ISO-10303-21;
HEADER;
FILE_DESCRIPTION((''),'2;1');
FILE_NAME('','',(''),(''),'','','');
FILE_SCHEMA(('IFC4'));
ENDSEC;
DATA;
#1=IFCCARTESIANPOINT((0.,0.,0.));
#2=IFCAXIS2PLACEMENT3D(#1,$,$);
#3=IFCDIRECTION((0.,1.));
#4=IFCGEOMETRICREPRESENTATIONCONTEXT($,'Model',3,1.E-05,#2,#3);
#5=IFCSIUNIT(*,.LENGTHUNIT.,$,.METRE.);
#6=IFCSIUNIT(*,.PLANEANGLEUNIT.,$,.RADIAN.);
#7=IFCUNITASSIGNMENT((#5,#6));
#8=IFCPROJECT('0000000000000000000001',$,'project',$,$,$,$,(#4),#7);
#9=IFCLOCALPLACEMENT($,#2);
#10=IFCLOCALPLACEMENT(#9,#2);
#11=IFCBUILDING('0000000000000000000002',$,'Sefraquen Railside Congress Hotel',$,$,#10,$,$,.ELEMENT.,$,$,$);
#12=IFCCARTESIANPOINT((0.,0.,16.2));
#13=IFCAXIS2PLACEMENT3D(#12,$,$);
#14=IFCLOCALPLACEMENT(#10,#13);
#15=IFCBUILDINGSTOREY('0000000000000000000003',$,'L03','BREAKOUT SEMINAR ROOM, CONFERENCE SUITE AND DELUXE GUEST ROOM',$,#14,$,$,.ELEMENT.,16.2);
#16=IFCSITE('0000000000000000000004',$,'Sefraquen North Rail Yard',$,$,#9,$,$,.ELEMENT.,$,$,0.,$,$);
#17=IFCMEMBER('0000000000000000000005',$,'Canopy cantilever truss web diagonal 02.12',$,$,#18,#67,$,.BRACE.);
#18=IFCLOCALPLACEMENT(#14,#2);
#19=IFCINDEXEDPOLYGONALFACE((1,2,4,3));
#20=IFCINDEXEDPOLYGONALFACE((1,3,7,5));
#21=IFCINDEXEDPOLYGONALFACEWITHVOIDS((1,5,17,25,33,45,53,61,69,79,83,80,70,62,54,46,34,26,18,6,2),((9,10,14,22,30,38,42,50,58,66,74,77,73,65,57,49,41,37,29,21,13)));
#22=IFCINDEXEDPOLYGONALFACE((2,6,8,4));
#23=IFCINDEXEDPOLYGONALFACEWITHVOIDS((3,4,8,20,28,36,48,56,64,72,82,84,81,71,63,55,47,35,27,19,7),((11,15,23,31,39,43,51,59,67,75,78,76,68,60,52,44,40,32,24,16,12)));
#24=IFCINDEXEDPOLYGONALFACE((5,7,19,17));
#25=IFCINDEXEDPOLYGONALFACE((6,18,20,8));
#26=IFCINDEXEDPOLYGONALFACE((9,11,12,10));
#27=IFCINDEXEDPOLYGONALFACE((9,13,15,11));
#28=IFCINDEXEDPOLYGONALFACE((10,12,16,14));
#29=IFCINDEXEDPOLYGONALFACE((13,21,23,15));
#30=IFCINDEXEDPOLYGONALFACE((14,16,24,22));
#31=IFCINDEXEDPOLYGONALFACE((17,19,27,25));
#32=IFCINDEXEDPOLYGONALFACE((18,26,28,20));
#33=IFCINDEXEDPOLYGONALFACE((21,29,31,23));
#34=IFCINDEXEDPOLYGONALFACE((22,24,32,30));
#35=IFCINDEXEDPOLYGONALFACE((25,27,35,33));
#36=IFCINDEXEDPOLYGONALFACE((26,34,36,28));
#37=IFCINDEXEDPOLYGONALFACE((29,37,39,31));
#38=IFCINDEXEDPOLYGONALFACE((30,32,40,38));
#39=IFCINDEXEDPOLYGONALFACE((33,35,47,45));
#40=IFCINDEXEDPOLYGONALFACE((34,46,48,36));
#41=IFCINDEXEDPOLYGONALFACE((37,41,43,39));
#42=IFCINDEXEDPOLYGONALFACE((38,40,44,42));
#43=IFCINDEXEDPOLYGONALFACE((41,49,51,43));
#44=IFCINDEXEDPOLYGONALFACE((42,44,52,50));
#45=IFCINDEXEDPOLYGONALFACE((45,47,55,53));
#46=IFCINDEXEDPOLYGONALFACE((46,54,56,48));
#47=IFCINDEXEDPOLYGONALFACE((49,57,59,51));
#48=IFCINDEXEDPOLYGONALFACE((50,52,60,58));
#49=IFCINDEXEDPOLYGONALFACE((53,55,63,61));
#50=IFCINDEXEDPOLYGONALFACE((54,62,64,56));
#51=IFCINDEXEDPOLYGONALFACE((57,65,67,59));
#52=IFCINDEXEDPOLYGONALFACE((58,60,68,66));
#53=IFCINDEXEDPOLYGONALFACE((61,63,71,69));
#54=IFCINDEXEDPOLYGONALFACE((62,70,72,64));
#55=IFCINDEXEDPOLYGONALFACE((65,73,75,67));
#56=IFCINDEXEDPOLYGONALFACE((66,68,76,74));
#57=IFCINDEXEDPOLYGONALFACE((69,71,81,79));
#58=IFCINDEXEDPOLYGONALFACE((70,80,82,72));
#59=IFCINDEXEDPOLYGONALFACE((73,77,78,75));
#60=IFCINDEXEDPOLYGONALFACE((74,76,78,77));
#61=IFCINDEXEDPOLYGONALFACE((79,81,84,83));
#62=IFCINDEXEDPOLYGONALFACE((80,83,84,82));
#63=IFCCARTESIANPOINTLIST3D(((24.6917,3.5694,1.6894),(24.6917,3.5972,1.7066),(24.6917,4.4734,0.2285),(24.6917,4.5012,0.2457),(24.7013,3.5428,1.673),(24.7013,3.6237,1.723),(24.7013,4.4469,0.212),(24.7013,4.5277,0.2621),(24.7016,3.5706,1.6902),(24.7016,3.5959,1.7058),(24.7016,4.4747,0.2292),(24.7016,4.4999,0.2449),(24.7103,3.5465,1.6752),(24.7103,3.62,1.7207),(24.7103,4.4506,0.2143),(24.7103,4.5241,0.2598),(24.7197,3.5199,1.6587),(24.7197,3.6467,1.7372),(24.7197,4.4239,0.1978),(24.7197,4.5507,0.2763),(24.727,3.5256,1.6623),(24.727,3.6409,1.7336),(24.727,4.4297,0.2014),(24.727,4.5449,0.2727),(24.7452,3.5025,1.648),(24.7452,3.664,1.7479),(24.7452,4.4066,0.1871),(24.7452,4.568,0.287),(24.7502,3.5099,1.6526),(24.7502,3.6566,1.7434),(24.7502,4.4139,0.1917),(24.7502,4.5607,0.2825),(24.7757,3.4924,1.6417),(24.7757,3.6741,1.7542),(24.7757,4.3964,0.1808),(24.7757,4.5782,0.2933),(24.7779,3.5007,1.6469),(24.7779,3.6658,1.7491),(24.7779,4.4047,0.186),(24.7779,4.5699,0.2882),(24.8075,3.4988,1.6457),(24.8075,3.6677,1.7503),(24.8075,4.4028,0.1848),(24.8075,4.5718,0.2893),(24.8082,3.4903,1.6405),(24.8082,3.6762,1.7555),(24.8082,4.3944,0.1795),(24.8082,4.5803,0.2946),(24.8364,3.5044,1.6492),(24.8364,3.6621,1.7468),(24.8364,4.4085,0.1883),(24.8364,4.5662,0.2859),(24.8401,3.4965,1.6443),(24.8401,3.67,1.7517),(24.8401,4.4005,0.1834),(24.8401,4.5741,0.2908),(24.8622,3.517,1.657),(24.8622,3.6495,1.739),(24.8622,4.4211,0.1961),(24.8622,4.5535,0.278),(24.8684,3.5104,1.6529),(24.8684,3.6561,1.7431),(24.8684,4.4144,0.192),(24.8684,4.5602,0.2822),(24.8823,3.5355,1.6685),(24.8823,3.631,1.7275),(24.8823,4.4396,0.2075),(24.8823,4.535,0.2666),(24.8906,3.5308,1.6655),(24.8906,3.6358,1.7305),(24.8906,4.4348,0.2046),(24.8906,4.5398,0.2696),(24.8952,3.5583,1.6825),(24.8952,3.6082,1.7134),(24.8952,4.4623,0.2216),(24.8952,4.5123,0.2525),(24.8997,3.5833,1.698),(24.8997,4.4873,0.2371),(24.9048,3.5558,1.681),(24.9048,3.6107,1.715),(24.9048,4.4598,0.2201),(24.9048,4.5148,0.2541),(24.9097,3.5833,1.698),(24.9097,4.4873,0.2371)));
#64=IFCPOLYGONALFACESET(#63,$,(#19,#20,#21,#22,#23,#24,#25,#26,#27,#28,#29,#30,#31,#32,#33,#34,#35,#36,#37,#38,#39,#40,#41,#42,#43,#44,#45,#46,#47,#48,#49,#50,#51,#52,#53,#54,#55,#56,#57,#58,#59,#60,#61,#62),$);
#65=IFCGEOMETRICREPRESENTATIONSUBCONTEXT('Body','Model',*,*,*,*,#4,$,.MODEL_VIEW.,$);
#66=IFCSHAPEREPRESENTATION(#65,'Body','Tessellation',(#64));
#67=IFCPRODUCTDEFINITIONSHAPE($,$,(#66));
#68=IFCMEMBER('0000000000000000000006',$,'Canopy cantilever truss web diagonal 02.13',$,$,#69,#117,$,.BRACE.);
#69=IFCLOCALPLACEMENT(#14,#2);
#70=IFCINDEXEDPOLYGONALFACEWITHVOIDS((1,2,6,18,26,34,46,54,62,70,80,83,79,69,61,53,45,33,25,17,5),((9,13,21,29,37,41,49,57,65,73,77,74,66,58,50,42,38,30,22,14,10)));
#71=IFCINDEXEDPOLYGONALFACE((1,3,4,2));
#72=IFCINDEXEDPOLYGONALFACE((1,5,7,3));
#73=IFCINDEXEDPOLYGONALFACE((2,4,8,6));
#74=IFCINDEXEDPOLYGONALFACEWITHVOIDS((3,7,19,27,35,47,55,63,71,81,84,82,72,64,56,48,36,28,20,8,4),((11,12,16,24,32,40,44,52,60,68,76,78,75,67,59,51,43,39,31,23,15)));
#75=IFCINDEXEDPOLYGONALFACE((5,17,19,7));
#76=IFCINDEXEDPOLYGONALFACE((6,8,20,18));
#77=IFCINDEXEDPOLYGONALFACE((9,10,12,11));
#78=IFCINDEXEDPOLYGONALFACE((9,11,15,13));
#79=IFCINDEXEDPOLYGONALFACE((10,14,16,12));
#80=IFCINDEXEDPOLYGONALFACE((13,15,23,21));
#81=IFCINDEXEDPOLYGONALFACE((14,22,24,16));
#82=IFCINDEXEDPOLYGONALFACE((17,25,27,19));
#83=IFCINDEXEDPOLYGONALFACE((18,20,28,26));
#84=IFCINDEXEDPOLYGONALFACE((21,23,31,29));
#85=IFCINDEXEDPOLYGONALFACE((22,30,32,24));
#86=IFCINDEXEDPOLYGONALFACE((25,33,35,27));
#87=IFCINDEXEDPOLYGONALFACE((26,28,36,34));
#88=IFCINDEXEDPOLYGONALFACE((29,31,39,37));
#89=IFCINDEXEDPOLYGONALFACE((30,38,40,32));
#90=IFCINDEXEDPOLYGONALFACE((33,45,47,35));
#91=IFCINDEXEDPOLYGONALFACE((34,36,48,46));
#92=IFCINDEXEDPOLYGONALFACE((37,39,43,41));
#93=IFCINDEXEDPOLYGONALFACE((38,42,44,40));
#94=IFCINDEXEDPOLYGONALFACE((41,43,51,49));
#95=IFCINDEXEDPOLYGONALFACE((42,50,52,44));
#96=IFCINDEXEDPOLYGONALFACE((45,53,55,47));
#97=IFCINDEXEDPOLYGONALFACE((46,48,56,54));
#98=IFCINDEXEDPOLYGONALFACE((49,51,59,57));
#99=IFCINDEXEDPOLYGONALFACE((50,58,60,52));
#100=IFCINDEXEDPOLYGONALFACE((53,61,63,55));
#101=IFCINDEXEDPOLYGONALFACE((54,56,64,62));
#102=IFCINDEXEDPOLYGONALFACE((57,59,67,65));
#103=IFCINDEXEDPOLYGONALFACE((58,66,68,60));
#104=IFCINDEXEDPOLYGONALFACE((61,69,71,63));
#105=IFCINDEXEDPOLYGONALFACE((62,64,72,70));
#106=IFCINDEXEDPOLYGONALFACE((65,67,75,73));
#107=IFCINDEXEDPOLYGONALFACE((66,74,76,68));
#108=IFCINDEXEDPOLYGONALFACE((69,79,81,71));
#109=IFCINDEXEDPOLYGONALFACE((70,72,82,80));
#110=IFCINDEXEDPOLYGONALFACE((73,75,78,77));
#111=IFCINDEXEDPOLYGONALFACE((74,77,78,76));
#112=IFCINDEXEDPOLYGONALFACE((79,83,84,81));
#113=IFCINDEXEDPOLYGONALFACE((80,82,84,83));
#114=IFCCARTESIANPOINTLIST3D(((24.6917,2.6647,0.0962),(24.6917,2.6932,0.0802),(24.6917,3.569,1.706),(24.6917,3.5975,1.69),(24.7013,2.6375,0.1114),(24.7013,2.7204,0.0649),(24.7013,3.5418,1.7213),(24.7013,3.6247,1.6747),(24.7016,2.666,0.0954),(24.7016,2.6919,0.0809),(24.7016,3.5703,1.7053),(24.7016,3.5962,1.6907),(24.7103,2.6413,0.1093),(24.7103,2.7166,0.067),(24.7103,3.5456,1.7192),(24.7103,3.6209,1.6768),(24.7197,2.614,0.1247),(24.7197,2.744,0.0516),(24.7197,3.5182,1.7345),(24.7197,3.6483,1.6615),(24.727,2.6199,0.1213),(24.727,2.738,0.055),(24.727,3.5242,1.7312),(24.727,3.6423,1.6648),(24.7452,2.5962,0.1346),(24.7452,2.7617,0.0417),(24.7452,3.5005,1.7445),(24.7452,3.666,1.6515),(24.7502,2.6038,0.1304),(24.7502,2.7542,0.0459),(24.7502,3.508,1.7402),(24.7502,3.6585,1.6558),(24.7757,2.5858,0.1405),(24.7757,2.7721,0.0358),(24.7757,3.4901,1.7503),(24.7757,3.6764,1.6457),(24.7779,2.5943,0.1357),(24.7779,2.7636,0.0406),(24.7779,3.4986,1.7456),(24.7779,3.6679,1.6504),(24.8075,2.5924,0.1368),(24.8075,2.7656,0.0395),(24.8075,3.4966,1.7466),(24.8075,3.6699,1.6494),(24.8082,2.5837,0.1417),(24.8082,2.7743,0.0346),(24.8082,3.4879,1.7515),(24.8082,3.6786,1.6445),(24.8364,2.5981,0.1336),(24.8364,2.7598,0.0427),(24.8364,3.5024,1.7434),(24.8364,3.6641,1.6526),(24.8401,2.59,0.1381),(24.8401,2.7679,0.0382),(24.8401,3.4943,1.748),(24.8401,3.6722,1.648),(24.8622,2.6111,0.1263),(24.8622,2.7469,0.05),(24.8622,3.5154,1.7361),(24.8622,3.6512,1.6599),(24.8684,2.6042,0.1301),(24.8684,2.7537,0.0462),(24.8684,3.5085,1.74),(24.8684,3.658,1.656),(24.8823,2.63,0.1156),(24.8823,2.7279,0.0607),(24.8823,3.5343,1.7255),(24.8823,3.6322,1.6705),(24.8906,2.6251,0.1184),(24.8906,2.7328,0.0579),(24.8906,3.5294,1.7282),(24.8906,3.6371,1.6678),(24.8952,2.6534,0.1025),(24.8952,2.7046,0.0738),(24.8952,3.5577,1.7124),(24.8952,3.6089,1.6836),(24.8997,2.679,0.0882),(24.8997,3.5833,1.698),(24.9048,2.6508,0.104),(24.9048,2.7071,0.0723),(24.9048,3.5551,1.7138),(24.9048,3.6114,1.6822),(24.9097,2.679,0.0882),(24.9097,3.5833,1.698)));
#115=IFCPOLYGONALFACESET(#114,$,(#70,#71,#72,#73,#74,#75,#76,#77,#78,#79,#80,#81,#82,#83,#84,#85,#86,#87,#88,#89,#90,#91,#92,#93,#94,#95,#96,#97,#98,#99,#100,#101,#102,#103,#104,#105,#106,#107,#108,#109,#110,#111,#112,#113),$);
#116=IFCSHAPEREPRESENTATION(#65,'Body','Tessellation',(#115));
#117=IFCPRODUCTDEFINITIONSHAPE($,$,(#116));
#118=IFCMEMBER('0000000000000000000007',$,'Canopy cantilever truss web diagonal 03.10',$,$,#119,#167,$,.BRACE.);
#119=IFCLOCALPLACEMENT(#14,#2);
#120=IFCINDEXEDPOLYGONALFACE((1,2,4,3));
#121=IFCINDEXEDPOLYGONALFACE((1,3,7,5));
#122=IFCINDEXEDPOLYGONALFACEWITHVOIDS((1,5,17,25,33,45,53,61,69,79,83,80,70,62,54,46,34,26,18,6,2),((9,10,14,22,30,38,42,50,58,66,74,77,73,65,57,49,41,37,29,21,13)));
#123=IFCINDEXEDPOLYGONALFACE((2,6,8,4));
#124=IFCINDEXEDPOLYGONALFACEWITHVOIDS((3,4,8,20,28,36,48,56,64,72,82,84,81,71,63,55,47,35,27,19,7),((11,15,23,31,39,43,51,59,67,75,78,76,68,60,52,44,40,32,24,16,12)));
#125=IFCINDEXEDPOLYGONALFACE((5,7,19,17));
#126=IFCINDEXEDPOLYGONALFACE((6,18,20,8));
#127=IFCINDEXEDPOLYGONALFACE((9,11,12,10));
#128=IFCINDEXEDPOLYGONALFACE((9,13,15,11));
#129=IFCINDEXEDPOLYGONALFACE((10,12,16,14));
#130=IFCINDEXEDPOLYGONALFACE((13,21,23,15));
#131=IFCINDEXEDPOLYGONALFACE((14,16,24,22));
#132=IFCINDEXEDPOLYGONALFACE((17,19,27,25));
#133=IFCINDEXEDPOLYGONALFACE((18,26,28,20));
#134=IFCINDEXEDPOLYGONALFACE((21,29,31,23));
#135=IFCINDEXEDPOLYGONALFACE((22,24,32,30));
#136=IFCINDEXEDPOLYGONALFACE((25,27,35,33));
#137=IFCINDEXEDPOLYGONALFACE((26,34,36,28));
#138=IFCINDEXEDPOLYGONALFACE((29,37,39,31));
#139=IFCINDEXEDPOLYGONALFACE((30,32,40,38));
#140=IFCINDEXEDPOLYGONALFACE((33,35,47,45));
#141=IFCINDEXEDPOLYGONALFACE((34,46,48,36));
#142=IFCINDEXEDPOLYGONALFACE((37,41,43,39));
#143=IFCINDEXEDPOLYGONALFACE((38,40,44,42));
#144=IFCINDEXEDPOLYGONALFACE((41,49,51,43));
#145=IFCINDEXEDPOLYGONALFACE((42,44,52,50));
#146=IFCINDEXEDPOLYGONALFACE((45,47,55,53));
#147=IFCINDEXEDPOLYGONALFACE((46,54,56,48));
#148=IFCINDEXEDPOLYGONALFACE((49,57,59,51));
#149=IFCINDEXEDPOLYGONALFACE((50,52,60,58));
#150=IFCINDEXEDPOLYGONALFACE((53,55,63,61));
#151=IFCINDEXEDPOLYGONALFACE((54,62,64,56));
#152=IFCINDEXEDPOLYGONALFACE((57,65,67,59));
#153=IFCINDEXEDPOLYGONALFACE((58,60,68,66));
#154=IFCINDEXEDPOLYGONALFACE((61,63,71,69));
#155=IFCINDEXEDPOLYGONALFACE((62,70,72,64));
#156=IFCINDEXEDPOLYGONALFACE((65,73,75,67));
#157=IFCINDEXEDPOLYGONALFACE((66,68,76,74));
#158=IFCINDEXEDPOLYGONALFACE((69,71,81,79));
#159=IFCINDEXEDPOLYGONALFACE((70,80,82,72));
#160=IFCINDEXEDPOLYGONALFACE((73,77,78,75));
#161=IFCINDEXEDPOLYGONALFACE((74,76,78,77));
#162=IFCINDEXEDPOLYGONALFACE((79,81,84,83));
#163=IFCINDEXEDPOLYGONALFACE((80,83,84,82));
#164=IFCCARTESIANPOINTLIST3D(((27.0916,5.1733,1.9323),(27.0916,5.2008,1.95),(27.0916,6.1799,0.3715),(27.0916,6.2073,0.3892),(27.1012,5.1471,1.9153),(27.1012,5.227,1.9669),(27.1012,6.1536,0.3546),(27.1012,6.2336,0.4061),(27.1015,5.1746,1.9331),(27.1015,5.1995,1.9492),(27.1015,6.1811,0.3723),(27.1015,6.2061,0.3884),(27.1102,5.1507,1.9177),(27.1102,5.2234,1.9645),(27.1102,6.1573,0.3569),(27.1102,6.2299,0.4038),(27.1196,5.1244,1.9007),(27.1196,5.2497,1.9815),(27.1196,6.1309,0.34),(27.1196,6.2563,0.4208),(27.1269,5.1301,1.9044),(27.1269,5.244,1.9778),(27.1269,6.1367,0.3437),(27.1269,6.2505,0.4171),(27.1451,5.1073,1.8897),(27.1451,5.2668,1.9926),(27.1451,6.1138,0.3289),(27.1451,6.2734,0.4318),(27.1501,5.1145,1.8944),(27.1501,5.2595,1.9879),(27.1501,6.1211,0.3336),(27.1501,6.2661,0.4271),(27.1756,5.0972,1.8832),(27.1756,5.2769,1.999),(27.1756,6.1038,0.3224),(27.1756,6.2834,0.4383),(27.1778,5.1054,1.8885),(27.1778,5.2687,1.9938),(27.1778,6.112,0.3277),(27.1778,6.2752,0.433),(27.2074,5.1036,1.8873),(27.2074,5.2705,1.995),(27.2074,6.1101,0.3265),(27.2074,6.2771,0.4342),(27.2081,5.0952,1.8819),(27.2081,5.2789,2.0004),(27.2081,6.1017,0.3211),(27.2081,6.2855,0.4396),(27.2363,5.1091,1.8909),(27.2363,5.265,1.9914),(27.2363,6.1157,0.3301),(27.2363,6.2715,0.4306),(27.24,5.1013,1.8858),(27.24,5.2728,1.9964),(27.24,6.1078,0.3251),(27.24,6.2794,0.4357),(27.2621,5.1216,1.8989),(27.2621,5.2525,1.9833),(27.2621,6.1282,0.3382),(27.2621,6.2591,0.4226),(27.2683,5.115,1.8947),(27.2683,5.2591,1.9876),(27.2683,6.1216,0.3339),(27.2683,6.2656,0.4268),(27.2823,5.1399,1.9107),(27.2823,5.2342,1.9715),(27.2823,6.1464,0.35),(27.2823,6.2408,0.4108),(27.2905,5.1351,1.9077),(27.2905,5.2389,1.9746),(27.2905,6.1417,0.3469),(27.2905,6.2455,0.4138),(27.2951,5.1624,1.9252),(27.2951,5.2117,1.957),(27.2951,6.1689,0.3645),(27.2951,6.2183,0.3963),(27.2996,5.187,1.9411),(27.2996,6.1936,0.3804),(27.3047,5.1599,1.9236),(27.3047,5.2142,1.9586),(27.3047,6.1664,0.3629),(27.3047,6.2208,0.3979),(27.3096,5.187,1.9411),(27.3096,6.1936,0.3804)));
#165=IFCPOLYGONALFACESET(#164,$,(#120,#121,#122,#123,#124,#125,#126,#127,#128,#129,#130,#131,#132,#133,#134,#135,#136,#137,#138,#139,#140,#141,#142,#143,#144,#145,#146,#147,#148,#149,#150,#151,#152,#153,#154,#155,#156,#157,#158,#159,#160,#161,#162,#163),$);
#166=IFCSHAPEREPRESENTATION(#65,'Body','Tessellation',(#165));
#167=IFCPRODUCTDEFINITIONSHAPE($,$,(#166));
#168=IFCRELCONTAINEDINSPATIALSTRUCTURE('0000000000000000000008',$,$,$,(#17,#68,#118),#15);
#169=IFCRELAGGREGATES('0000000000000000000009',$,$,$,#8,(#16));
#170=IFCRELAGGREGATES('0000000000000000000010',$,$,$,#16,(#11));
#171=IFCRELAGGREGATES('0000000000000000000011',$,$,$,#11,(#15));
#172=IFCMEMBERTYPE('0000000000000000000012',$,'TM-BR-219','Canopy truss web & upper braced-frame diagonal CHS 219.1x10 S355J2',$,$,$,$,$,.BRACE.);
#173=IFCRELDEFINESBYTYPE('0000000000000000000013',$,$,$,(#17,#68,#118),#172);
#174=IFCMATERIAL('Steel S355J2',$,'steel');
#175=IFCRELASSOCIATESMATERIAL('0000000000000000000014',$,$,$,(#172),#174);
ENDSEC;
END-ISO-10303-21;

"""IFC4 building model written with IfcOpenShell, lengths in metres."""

from ifc_helpers import new_model, si_unit, direction, frame, origin, origin_2d, place, context, subcontext, project, spatial, hollow_circle, extrude, material, material_profile, profile_set, type_object, element, save


model = new_model("IFC4")

# Units and contexts
model_context = context("Model", 3, precision=1e-05, world=origin(), true_north=direction((0.0, 1.0)))
body_context = subcontext(model_context, "Body", "Model", "MODEL_VIEW")
ifc_project = project(units=[si_unit("LENGTHUNIT", "METRE"), si_unit("PLANEANGLEUNIT", "RADIAN")], contexts=[model_context])

# Site, building, storey
site_placement = place(None, origin())
site = spatial("IfcSite", under=ifc_project, at=site_placement, Name="Sefraquen North Rail Yard", CompositionType="ELEMENT", RefElevation=0.0)
building_placement = place(site_placement, origin())
building = spatial("IfcBuilding", under=site, at=building_placement, Name="Sefraquen Railside Congress Hotel", CompositionType="ELEMENT")
storey_placement = place(building_placement, frame((0.0, 0.0, 16.2)))
storey = spatial("IfcBuildingStorey", under=building, at=storey_placement, Name="L03", Description="BREAKOUT SEMINAR ROOM, CONFERENCE SUITE AND DELUXE GUEST ROOM", CompositionType="ELEMENT", Elevation=16.2)

# Members
ifc_material_1 = material(Name="Steel S355J2", Category="steel")
ifc_material_profile_1 = material_profile(ifc_material_1, hollow_circle(Radius=0.1096, WallThickness=0.01, at=origin_2d()), Name="CHS 219.1x10")
ifc_profile_set_1 = profile_set([ifc_material_profile_1], Name="Steel S355J2")
member_type_1 = type_object("IfcMemberType", Name="TM-BR-219", Description="Canopy truss web & upper braced-frame diagonal CHS 219.1x10 S355J2", PredefinedType="BRACE", material=ifc_profile_set_1)
member_1_placement = place(storey_placement, frame((24.8, 4.4873, 0.2371), z_axis=(0.0, -0.526213, 0.850353), x_axis=(1.0, 0.0, 0.0)))
element("IfcMember", 1, at=member_1_placement, inside=storey, type_object=member_type_1, Name="Canopy cantilever truss web diagonal 02.12", PredefinedType="BRACE", context=body_context, shape_type="SweptSolid", body=[
    extrude(hollow_circle(Radius=0.1096, WallThickness=0.01, at=origin_2d()), origin(), (0.0, 0.0, 1.0), 1.718),
])
member_2_placement = place(storey_placement, frame((24.8, 3.5833, 1.698), z_axis=(0.0, -0.489746, -0.871865), x_axis=(1.0, 0.0, 0.0)))
element("IfcMember", 2, at=member_2_placement, inside=storey, type_object=member_type_1, Name="Canopy cantilever truss web diagonal 02.13", PredefinedType="BRACE", context=body_context, shape_type="SweptSolid", body=[
    extrude(hollow_circle(Radius=0.1096, WallThickness=0.01, at=origin_2d()), origin(), (0.0, 0.0, 1.0), 1.8464),
])
member_3_placement = place(storey_placement, frame((27.2, 6.1936, 0.3804), z_axis=(0.0, -0.541986, 0.840387), x_axis=(1.0, 0.0, 0.0)))
element("IfcMember", 3, at=member_3_placement, inside=storey, type_object=member_type_1, Name="Canopy cantilever truss web diagonal 03.10", PredefinedType="BRACE", context=body_context, shape_type="SweptSolid", body=[
    extrude(hollow_circle(Radius=0.1096, WallThickness=0.01, at=origin_2d()), origin(), (0.0, 0.0, 1.0), 1.8572),
])

save(model, "model.ifc")
